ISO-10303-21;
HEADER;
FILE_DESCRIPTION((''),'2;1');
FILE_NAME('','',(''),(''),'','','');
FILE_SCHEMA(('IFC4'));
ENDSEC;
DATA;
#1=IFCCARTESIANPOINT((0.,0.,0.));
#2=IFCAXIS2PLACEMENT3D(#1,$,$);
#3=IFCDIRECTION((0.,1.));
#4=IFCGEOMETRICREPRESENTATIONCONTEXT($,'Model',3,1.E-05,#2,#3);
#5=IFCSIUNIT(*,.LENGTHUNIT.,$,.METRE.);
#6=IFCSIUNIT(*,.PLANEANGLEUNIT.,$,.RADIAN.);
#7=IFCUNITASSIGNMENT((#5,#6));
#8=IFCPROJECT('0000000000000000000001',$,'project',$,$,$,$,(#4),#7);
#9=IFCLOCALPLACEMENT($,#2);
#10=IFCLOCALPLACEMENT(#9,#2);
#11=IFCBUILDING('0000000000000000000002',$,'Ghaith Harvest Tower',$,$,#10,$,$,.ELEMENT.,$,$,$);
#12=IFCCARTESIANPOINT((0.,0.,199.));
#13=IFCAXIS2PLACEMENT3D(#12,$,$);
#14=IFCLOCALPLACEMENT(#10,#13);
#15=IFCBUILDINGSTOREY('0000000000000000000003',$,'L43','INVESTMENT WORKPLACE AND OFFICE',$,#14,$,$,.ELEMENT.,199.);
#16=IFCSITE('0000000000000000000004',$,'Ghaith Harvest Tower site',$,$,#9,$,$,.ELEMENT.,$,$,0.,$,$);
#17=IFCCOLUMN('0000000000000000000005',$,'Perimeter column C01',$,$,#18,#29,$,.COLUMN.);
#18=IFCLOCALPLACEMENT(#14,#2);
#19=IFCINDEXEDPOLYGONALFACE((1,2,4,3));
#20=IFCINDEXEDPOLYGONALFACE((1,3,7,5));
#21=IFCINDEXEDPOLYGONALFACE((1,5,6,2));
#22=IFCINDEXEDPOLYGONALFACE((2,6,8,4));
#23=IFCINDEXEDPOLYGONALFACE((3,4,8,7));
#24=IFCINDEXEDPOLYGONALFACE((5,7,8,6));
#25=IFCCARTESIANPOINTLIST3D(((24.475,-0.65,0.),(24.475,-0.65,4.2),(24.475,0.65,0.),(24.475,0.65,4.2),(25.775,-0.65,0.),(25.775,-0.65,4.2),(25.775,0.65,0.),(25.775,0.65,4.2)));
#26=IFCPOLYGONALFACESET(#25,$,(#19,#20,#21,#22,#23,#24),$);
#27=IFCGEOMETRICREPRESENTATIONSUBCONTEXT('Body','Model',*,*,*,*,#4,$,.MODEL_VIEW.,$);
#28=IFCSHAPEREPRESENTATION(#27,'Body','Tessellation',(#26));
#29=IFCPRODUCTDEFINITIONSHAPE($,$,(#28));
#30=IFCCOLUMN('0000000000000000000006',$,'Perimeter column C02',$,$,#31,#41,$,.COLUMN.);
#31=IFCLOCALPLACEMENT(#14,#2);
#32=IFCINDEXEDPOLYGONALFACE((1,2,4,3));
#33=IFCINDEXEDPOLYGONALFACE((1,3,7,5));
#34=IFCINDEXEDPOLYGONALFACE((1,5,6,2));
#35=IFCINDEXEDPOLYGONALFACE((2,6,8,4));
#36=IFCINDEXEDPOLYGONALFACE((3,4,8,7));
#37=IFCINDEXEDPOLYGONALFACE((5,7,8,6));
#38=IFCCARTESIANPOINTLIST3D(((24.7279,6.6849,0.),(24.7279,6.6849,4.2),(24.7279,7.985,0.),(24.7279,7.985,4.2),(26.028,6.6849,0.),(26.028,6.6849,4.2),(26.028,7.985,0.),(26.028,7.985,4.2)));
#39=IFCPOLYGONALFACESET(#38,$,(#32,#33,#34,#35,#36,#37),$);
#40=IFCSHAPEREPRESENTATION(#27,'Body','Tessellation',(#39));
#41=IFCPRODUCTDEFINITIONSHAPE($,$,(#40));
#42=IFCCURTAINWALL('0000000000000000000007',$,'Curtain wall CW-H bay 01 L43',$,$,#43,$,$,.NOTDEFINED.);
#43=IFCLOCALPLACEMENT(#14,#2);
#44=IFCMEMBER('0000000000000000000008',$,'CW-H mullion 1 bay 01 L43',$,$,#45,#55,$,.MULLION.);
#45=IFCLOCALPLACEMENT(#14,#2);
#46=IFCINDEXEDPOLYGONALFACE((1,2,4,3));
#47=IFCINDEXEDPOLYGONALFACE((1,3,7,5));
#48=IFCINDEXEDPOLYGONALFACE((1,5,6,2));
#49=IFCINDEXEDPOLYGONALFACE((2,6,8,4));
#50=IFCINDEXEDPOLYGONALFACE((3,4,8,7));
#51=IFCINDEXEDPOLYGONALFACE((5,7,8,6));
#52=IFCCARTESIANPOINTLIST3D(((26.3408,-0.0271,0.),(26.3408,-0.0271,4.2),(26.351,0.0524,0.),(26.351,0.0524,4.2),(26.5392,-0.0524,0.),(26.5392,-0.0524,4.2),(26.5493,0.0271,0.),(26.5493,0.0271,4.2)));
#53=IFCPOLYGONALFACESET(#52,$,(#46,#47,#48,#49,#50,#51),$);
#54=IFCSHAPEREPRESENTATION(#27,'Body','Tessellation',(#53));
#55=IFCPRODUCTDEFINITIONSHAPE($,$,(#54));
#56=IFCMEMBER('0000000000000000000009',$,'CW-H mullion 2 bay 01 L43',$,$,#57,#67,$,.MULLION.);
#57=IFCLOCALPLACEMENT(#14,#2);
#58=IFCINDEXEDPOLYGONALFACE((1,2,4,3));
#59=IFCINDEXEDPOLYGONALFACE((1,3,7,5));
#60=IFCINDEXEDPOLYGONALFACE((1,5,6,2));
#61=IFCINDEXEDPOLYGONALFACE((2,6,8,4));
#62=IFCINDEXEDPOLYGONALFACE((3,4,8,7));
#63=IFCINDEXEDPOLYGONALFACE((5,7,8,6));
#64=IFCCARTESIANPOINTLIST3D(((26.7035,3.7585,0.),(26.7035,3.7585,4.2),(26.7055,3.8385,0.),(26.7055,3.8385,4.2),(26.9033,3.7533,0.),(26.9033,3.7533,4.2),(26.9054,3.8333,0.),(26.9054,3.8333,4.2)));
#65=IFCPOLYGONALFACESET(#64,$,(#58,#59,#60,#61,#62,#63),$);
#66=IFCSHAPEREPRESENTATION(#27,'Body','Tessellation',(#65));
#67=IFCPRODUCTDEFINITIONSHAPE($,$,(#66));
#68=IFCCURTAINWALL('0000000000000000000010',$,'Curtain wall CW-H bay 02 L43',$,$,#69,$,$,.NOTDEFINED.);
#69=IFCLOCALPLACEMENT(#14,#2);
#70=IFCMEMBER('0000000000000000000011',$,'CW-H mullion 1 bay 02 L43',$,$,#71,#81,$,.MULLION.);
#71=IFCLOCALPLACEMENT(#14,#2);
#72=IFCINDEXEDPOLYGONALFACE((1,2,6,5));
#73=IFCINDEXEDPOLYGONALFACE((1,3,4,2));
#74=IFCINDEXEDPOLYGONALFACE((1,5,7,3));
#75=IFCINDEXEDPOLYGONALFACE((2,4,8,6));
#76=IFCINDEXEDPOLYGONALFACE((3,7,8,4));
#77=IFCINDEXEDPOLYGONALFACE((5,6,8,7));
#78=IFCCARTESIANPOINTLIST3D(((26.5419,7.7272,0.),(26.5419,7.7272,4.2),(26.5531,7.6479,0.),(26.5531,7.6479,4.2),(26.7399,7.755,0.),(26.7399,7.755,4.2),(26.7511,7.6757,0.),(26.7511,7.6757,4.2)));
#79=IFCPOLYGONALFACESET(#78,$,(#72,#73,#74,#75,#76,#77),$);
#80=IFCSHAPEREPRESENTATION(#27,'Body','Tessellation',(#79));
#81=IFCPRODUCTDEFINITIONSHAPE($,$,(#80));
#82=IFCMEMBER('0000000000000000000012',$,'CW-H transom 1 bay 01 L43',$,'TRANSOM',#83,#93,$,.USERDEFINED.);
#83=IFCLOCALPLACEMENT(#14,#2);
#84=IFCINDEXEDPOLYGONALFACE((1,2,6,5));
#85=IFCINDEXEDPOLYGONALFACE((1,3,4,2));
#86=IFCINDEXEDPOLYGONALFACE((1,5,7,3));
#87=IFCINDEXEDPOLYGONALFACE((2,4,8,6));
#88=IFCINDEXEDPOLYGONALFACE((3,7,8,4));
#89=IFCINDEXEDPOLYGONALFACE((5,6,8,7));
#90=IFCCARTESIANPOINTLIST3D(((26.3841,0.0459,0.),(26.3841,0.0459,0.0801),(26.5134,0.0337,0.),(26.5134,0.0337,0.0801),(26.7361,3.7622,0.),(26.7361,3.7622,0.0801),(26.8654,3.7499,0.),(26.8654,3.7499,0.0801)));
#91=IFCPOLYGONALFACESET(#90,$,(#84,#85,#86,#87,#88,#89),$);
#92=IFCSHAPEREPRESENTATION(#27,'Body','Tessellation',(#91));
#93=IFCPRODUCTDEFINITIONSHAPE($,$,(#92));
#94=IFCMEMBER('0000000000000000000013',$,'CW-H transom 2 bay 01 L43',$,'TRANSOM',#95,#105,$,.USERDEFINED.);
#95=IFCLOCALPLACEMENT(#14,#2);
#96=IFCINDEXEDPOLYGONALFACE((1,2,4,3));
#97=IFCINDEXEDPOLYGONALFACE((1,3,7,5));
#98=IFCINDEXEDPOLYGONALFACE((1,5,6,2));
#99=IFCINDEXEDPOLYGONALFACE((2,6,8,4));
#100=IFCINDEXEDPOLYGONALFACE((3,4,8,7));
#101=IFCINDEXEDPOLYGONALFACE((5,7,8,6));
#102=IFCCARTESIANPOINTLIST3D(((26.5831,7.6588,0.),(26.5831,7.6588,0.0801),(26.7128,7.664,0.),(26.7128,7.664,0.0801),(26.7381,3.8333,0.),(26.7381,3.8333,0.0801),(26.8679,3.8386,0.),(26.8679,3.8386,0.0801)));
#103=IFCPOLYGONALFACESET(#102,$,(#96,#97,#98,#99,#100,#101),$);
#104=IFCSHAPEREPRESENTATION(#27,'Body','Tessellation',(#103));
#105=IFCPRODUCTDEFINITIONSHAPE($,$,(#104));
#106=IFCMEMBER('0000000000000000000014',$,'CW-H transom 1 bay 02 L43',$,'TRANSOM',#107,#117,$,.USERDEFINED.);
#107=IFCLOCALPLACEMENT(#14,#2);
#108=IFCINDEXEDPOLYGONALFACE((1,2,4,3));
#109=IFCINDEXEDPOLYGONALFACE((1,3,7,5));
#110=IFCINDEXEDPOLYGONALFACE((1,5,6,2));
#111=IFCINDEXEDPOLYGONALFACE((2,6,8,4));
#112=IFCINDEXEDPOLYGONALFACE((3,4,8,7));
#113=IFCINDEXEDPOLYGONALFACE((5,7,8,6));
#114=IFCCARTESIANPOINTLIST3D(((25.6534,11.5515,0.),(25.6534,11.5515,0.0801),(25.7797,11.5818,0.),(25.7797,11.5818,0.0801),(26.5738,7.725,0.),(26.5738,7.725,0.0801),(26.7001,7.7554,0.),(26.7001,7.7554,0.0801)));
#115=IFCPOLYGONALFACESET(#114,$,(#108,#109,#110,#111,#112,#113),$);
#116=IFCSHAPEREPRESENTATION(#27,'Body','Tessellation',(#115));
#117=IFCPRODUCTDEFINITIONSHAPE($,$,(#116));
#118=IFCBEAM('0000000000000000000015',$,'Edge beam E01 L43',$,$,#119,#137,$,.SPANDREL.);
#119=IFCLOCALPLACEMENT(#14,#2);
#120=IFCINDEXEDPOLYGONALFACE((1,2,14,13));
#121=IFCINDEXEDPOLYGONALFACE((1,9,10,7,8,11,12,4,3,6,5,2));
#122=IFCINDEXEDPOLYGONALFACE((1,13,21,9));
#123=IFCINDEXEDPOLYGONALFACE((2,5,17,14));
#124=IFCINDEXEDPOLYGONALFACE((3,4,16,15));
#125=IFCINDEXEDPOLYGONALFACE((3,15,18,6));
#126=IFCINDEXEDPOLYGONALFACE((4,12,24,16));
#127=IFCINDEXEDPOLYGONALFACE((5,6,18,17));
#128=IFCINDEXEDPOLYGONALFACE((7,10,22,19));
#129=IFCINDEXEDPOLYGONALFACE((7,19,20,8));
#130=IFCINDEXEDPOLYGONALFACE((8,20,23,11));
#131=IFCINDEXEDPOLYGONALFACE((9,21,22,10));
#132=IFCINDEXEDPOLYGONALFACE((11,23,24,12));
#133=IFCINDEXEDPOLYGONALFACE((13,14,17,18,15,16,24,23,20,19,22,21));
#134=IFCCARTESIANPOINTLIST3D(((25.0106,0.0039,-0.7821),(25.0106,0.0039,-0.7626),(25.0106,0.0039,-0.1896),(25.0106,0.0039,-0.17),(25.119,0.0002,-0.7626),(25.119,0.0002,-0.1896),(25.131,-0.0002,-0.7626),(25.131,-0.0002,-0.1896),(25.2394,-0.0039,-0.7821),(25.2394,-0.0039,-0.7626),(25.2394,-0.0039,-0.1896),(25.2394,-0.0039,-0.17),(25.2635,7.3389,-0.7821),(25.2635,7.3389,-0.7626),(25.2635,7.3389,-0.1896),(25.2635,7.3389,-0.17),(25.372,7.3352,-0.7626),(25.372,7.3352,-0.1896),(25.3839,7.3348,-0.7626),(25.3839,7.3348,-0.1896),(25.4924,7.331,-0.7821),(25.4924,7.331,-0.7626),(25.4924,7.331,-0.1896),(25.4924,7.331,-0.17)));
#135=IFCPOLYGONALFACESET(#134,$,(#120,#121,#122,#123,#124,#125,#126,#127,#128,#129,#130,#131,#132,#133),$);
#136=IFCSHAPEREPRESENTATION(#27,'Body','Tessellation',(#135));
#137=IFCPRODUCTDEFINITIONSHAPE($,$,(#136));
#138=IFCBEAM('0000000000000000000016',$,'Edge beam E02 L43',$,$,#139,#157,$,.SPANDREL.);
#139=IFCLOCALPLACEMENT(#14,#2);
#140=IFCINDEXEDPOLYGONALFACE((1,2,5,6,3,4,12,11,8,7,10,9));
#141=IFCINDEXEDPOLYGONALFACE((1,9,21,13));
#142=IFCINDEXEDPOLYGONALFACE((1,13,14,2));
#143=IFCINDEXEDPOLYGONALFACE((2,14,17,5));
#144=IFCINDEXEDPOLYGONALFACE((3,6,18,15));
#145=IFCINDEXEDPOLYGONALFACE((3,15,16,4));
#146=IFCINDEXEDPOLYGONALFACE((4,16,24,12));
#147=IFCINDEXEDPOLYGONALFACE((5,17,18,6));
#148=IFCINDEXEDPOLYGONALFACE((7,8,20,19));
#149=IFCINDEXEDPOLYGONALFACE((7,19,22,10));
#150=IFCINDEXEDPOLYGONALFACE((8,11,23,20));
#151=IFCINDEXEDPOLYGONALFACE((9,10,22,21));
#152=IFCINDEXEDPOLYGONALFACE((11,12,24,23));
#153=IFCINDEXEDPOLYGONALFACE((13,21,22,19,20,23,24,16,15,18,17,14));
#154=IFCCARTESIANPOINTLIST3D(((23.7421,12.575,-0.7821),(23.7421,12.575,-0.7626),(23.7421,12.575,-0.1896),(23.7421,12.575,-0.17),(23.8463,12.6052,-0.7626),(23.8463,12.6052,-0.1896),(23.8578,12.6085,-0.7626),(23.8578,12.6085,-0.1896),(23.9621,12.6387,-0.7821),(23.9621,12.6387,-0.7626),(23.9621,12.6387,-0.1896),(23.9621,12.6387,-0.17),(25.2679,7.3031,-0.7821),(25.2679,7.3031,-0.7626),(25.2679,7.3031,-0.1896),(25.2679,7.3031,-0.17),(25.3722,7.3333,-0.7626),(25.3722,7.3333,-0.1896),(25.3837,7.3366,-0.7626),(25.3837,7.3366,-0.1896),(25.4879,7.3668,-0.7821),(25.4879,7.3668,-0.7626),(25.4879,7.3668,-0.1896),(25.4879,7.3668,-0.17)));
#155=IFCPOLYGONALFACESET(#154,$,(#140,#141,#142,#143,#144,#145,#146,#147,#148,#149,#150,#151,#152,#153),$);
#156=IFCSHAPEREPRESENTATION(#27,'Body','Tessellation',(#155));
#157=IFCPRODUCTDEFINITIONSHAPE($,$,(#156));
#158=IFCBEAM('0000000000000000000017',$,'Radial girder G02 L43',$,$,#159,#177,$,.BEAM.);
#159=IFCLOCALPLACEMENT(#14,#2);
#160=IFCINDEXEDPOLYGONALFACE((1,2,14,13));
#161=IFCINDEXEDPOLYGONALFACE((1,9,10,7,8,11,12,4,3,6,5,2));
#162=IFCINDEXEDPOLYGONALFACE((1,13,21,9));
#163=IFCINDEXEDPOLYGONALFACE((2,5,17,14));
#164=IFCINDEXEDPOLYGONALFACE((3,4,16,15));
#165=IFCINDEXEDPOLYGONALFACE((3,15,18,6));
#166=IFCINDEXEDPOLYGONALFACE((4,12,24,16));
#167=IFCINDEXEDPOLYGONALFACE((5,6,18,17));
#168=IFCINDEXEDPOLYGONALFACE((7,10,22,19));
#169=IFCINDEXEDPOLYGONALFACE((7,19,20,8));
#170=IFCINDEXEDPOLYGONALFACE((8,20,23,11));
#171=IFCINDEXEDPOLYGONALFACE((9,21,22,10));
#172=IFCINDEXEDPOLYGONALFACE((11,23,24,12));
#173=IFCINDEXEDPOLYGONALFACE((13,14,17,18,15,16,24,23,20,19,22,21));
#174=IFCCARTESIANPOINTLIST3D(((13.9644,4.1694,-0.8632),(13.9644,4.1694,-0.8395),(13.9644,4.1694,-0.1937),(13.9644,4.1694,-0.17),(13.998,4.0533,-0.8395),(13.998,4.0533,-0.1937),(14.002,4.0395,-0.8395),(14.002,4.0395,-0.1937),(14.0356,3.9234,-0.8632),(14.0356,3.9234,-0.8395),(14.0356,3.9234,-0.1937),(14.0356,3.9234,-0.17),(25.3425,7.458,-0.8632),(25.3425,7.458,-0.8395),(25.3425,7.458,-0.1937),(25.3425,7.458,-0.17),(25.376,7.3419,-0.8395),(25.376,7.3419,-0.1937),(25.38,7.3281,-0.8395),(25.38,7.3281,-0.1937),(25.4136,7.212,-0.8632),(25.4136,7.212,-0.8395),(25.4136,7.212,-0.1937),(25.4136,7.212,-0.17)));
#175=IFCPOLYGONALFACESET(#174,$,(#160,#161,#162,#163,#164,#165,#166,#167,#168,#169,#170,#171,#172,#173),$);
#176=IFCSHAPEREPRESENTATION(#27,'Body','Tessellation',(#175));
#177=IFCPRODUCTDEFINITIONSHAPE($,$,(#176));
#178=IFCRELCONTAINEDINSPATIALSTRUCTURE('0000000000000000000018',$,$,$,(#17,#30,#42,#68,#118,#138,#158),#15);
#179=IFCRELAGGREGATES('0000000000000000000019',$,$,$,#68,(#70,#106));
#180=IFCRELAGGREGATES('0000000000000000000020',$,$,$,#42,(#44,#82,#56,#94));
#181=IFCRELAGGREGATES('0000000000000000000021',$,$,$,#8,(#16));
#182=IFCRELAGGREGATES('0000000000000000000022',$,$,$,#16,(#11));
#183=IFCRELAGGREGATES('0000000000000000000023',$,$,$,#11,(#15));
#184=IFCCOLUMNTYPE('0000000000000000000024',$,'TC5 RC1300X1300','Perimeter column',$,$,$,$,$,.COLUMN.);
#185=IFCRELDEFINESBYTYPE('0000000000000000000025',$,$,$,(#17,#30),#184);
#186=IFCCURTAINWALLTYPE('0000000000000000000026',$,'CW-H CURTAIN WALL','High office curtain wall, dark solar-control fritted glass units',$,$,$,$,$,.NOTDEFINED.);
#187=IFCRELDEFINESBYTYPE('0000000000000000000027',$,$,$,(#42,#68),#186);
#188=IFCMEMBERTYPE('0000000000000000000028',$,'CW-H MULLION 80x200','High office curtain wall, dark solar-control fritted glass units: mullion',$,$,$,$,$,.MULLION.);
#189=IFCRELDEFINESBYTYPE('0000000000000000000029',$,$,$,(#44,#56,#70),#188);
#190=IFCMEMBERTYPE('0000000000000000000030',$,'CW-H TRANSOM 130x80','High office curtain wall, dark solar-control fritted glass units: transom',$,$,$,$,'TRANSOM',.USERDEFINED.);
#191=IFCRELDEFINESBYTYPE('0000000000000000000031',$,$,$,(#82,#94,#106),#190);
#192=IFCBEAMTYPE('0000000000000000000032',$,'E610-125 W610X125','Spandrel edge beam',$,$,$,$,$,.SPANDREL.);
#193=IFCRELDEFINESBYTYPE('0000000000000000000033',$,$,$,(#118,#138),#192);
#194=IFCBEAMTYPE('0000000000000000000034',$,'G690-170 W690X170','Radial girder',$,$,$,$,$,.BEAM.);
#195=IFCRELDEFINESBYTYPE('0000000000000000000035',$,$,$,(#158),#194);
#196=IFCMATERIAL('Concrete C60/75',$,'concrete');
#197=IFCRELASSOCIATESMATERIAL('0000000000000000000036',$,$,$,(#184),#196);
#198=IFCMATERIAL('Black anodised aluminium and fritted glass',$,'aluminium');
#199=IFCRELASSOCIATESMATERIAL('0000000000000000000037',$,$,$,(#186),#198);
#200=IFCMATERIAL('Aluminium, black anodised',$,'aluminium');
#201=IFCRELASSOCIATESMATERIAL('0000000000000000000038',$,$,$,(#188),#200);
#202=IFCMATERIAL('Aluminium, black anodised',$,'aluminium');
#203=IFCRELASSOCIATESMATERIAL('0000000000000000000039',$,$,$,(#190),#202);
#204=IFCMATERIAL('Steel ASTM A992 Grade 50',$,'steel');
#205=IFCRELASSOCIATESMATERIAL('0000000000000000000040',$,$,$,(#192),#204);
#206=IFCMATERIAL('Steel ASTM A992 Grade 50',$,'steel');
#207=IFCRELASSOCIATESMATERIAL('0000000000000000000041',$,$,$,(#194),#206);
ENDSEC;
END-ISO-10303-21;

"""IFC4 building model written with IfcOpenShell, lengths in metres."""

from ifc_helpers import new_model, si_unit, direction, frame, origin, origin_2d, place, context, subcontext, project, spatial, rectangle, i_section, extrude, material, material_profile, profile_set, type_object, element, aggregate, save


model = new_model("IFC4")

# Units and contexts
model_context = context("Model", 3, precision=1e-05, world=origin(), true_north=direction((0.0, 1.0)))
body_context = subcontext(model_context, "Body", "Model", "MODEL_VIEW")
ifc_project = project(units=[si_unit("LENGTHUNIT", "METRE"), si_unit("PLANEANGLEUNIT", "RADIAN")], contexts=[model_context])

# Site, building, storey
site_placement = place(None, origin())
site = spatial("IfcSite", under=ifc_project, at=site_placement, Name="Ghaith Harvest Tower site", CompositionType="ELEMENT", RefElevation=0.0)
building_placement = place(site_placement, origin())
building = spatial("IfcBuilding", under=site, at=building_placement, Name="Ghaith Harvest Tower", CompositionType="ELEMENT")
storey_placement = place(building_placement, frame((0.0, 0.0, 199.0)))
storey = spatial("IfcBuildingStorey", under=building, at=storey_placement, Name="L43", Description="INVESTMENT WORKPLACE AND OFFICE", CompositionType="ELEMENT", Elevation=199.0)

# Columns
ifc_material_1 = material(Name="Concrete C60/75", Category="concrete")
ifc_material_profile_1 = material_profile(ifc_material_1, rectangle(XDim=1.3, YDim=1.3, at=origin_2d()), Name="RC1300X1300")
ifc_profile_set_1 = profile_set([ifc_material_profile_1], Name="Concrete C60/75")
column_type = type_object("IfcColumnType", Name="TC5 RC1300X1300", Description="Perimeter column", PredefinedType="COLUMN", material=ifc_profile_set_1)
for number, where, z_axis, x_axis, name in (
    (1, (25.125, 0.0, 0.0), (0.0, 0.0, 1.0), (1.0, 0.0, 0.0), "Perimeter column C01"),
    (2, (25.3779, 7.335, 0.0), (0.0, 0.0, 1.0), (1.0, 0.0, 0.0), "Perimeter column C02"),
):
    element("IfcColumn", number, at=place(storey_placement, frame(where, z_axis=z_axis, x_axis=x_axis)), inside=storey, type_object=column_type, Name=name, PredefinedType="COLUMN", context=body_context, shape_type="SweptSolid", body=[
        extrude(rectangle(XDim=1.3, YDim=1.3, at=origin_2d()), origin(), (0.0, 0.0, 1.0), 4.2),
    ])

# Curtain wall, members
ifc_material_2 = material(Name="Black anodised aluminium and fritted glass", Category="aluminium")
curtain_wall_type = type_object("IfcCurtainWallType", Name="CW-H CURTAIN WALL", Description="High office curtain wall, dark solar-control fritted glass units", PredefinedType="NOTDEFINED", material=ifc_material_2)
curtain_wall_1_placement = place(storey_placement, origin())
curtain_wall_1 = element("IfcCurtainWall", 3, at=curtain_wall_1_placement, inside=storey, type_object=curtain_wall_type, Name="Curtain wall CW-H bay 01 L43", PredefinedType="NOTDEFINED")
ifc_material_3 = material(Name="Aluminium, black anodised", Category="aluminium")
ifc_material_profile_2 = material_profile(ifc_material_3, rectangle(XDim=0.0801, YDim=0.2, at=origin_2d()), Name="CW-H MULLION 80x200")
ifc_profile_set_2 = profile_set([ifc_material_profile_2], Name="Aluminium, black anodised")
member_type_1 = type_object("IfcMemberType", Name="CW-H MULLION 80x200", Description="High office curtain wall, dark solar-control fritted glass units: mullion", PredefinedType="MULLION", material=ifc_profile_set_2)
member_1_placement = place(storey_placement, frame((26.4451, 0.0, 0.0), z_axis=(0.0, 0.0, 1.0), x_axis=(0.126568, 0.991958, 0.0)))
member_1 = element("IfcMember", 4, at=member_1_placement, type_object=member_type_1, Name="CW-H mullion 1 bay 01 L43", PredefinedType="MULLION", context=body_context, shape_type="SweptSolid", body=[
    extrude(rectangle(XDim=0.0801, YDim=0.2, at=origin_2d()), origin(), (0.0, 0.0, 1.0), 4.2),
])
member_2_placement = place(storey_placement, frame((26.8044, 3.7959, 0.0), z_axis=(0.0, 0.0, 1.0), x_axis=(0.026143, 0.999658, 0.0)))
member_2 = element("IfcMember", 5, at=member_2_placement, type_object=member_type_1, Name="CW-H mullion 2 bay 01 L43", PredefinedType="MULLION", context=body_context, shape_type="SweptSolid", body=[
    extrude(rectangle(XDim=0.0801, YDim=0.2, at=origin_2d()), origin(), (0.0, 0.0, 1.0), 4.2),
])

# Curtain wall, member
curtain_wall_2_placement = place(storey_placement, origin())
curtain_wall_2 = element("IfcCurtainWall", 6, at=curtain_wall_2_placement, inside=storey, type_object=curtain_wall_type, Name="Curtain wall CW-H bay 02 L43", PredefinedType="NOTDEFINED")
member_3_placement = place(storey_placement, frame((26.6465, 7.7014, 0.0), z_axis=(0.0, 0.0, 1.0), x_axis=(-0.139146, 0.990272, 0.0)))
member_3 = element("IfcMember", 7, at=member_3_placement, type_object=member_type_1, Name="CW-H mullion 1 bay 02 L43", PredefinedType="MULLION", context=body_context, shape_type="SweptSolid", body=[
    extrude(rectangle(XDim=0.0801, YDim=0.2, at=origin_2d()), origin(), (0.0, 0.0, 1.0), 4.2),
])

# Members
ifc_material_4 = material(Name="Aluminium, black anodised", Category="aluminium")
ifc_material_profile_3 = material_profile(ifc_material_4, rectangle(XDim=0.1299, YDim=0.0801, at=origin_2d()), Name="CW-H TRANSOM 130x80")
ifc_profile_set_3 = profile_set([ifc_material_profile_3], Name="Aluminium, black anodised")
member_type_2 = type_object("IfcMemberType", Name="CW-H TRANSOM 130x80", Description="High office curtain wall, dark solar-control fritted glass units: transom", ElementType="TRANSOM", PredefinedType="USERDEFINED", material=ifc_profile_set_3)
member_4_placement = place(storey_placement, frame((26.4487, 0.0398, 0.04), z_axis=(0.094309, 0.995543, 0.0), x_axis=(-0.995543, 0.094309, 0.0)))
member_4 = element("IfcMember", 8, at=member_4_placement, type_object=member_type_2, Name="CW-H transom 1 bay 01 L43", ObjectType="TRANSOM", PredefinedType="USERDEFINED", context=body_context, shape_type="SweptSolid", body=[
    extrude(rectangle(XDim=0.1299, YDim=0.0801, at=origin_2d()), origin(), (0.0, 0.0, 1.0), 3.7329),
])
member_5_placement = place(storey_placement, frame((26.803, 3.8359, 0.04), z_axis=(-0.040493, 0.99918, 0.0), x_axis=(-0.99918, -0.040493, 0.0)))
member_5 = element("IfcMember", 9, at=member_5_placement, type_object=member_type_2, Name="CW-H transom 2 bay 01 L43", ObjectType="TRANSOM", PredefinedType="USERDEFINED", context=body_context, shape_type="SweptSolid", body=[
    extrude(rectangle(XDim=0.1299, YDim=0.0801, at=origin_2d()), origin(), (0.0, 0.0, 1.0), 3.8286),
])
member_6_placement = place(storey_placement, frame((26.637, 7.7402, 0.04), z_axis=(-0.23387, 0.972268, 0.0), x_axis=(-0.972268, -0.23387, 0.0)))
member_6 = element("IfcMember", 10, at=member_6_placement, type_object=member_type_2, Name="CW-H transom 1 bay 02 L43", ObjectType="TRANSOM", PredefinedType="USERDEFINED", context=body_context, shape_type="SweptSolid", body=[
    extrude(rectangle(XDim=0.1299, YDim=0.0801, at=origin_2d()), origin(), (0.0, 0.0, 1.0), 3.9355),
])
aggregate(curtain_wall_2, [member_3, member_6])

# Beams
ifc_material_5 = material(Name="Steel ASTM A992 Grade 50", Category="steel")
ifc_material_profile_4 = material_profile(ifc_material_5, i_section(OverallWidth=0.229, OverallDepth=0.6121, WebThickness=0.012, FlangeThickness=0.0195, at=origin_2d()), Name="W610X125")
ifc_profile_set_4 = profile_set([ifc_material_profile_4], Name="Steel ASTM A992 Grade 50")
beam_type_1 = type_object("IfcBeamType", Name="E610-125 W610X125", Description="Spandrel edge beam", PredefinedType="SPANDREL", material=ifc_profile_set_4)
beam_1_placement = place(storey_placement, frame((25.125, 0.0, -0.4761), z_axis=(0.034462, 0.999406, 0.0), x_axis=(-0.999406, 0.034462, 0.0)))
element("IfcBeam", 11, at=beam_1_placement, inside=storey, type_object=beam_type_1, Name="Edge beam E01 L43", PredefinedType="SPANDREL", context=body_context, shape_type="SweptSolid", body=[
    extrude(i_section(OverallWidth=0.229, OverallDepth=0.6121, WebThickness=0.012, FlangeThickness=0.0195, at=origin_2d()), origin(), (0.0, 0.0, 1.0), 7.3394),
])
beam_2_placement = place(storey_placement, frame((25.3779, 7.335, -0.4761), z_axis=(-0.278021, 0.960575, 0.0), x_axis=(-0.960575, -0.278021, 0.0)))
element("IfcBeam", 12, at=beam_2_placement, inside=storey, type_object=beam_type_1, Name="Edge beam E02 L43", PredefinedType="SPANDREL", context=body_context, shape_type="SweptSolid", body=[
    extrude(i_section(OverallWidth=0.229, OverallDepth=0.6121, WebThickness=0.012, FlangeThickness=0.0195, at=origin_2d()), origin(), (0.0, 0.0, 1.0), 5.4883),
])
ifc_material_6 = material(Name="Steel ASTM A992 Grade 50", Category="steel")
ifc_material_profile_5 = material_profile(ifc_material_6, i_section(OverallWidth=0.2561, OverallDepth=0.6931, WebThickness=0.0144, FlangeThickness=0.0237, at=origin_2d()), Name="W690X170")
ifc_profile_set_5 = profile_set([ifc_material_profile_5], Name="Steel ASTM A992 Grade 50")
beam_type_2 = type_object("IfcBeamType", Name="G690-170 W690X170", Description="Radial girder", PredefinedType="BEAM", material=ifc_profile_set_5)
beam_3_placement = place(storey_placement, frame((14.0, 4.0464, -0.5166), z_axis=(0.960678, 0.277666, 0.0), x_axis=(-0.277666, 0.960678, 0.0)))
element("IfcBeam", 13, at=beam_3_placement, inside=storey, type_object=beam_type_2, Name="Radial girder G02 L43", PredefinedType="BEAM", context=body_context, shape_type="SweptSolid", body=[
    extrude(i_section(OverallWidth=0.2561, OverallDepth=0.6931, WebThickness=0.0144, FlangeThickness=0.0237, at=origin_2d()), origin(), (0.0, 0.0, 1.0), 11.8438),
])

aggregate(curtain_wall_1, [member_1, member_4, member_2, member_5])

save(model, "model.ifc")
